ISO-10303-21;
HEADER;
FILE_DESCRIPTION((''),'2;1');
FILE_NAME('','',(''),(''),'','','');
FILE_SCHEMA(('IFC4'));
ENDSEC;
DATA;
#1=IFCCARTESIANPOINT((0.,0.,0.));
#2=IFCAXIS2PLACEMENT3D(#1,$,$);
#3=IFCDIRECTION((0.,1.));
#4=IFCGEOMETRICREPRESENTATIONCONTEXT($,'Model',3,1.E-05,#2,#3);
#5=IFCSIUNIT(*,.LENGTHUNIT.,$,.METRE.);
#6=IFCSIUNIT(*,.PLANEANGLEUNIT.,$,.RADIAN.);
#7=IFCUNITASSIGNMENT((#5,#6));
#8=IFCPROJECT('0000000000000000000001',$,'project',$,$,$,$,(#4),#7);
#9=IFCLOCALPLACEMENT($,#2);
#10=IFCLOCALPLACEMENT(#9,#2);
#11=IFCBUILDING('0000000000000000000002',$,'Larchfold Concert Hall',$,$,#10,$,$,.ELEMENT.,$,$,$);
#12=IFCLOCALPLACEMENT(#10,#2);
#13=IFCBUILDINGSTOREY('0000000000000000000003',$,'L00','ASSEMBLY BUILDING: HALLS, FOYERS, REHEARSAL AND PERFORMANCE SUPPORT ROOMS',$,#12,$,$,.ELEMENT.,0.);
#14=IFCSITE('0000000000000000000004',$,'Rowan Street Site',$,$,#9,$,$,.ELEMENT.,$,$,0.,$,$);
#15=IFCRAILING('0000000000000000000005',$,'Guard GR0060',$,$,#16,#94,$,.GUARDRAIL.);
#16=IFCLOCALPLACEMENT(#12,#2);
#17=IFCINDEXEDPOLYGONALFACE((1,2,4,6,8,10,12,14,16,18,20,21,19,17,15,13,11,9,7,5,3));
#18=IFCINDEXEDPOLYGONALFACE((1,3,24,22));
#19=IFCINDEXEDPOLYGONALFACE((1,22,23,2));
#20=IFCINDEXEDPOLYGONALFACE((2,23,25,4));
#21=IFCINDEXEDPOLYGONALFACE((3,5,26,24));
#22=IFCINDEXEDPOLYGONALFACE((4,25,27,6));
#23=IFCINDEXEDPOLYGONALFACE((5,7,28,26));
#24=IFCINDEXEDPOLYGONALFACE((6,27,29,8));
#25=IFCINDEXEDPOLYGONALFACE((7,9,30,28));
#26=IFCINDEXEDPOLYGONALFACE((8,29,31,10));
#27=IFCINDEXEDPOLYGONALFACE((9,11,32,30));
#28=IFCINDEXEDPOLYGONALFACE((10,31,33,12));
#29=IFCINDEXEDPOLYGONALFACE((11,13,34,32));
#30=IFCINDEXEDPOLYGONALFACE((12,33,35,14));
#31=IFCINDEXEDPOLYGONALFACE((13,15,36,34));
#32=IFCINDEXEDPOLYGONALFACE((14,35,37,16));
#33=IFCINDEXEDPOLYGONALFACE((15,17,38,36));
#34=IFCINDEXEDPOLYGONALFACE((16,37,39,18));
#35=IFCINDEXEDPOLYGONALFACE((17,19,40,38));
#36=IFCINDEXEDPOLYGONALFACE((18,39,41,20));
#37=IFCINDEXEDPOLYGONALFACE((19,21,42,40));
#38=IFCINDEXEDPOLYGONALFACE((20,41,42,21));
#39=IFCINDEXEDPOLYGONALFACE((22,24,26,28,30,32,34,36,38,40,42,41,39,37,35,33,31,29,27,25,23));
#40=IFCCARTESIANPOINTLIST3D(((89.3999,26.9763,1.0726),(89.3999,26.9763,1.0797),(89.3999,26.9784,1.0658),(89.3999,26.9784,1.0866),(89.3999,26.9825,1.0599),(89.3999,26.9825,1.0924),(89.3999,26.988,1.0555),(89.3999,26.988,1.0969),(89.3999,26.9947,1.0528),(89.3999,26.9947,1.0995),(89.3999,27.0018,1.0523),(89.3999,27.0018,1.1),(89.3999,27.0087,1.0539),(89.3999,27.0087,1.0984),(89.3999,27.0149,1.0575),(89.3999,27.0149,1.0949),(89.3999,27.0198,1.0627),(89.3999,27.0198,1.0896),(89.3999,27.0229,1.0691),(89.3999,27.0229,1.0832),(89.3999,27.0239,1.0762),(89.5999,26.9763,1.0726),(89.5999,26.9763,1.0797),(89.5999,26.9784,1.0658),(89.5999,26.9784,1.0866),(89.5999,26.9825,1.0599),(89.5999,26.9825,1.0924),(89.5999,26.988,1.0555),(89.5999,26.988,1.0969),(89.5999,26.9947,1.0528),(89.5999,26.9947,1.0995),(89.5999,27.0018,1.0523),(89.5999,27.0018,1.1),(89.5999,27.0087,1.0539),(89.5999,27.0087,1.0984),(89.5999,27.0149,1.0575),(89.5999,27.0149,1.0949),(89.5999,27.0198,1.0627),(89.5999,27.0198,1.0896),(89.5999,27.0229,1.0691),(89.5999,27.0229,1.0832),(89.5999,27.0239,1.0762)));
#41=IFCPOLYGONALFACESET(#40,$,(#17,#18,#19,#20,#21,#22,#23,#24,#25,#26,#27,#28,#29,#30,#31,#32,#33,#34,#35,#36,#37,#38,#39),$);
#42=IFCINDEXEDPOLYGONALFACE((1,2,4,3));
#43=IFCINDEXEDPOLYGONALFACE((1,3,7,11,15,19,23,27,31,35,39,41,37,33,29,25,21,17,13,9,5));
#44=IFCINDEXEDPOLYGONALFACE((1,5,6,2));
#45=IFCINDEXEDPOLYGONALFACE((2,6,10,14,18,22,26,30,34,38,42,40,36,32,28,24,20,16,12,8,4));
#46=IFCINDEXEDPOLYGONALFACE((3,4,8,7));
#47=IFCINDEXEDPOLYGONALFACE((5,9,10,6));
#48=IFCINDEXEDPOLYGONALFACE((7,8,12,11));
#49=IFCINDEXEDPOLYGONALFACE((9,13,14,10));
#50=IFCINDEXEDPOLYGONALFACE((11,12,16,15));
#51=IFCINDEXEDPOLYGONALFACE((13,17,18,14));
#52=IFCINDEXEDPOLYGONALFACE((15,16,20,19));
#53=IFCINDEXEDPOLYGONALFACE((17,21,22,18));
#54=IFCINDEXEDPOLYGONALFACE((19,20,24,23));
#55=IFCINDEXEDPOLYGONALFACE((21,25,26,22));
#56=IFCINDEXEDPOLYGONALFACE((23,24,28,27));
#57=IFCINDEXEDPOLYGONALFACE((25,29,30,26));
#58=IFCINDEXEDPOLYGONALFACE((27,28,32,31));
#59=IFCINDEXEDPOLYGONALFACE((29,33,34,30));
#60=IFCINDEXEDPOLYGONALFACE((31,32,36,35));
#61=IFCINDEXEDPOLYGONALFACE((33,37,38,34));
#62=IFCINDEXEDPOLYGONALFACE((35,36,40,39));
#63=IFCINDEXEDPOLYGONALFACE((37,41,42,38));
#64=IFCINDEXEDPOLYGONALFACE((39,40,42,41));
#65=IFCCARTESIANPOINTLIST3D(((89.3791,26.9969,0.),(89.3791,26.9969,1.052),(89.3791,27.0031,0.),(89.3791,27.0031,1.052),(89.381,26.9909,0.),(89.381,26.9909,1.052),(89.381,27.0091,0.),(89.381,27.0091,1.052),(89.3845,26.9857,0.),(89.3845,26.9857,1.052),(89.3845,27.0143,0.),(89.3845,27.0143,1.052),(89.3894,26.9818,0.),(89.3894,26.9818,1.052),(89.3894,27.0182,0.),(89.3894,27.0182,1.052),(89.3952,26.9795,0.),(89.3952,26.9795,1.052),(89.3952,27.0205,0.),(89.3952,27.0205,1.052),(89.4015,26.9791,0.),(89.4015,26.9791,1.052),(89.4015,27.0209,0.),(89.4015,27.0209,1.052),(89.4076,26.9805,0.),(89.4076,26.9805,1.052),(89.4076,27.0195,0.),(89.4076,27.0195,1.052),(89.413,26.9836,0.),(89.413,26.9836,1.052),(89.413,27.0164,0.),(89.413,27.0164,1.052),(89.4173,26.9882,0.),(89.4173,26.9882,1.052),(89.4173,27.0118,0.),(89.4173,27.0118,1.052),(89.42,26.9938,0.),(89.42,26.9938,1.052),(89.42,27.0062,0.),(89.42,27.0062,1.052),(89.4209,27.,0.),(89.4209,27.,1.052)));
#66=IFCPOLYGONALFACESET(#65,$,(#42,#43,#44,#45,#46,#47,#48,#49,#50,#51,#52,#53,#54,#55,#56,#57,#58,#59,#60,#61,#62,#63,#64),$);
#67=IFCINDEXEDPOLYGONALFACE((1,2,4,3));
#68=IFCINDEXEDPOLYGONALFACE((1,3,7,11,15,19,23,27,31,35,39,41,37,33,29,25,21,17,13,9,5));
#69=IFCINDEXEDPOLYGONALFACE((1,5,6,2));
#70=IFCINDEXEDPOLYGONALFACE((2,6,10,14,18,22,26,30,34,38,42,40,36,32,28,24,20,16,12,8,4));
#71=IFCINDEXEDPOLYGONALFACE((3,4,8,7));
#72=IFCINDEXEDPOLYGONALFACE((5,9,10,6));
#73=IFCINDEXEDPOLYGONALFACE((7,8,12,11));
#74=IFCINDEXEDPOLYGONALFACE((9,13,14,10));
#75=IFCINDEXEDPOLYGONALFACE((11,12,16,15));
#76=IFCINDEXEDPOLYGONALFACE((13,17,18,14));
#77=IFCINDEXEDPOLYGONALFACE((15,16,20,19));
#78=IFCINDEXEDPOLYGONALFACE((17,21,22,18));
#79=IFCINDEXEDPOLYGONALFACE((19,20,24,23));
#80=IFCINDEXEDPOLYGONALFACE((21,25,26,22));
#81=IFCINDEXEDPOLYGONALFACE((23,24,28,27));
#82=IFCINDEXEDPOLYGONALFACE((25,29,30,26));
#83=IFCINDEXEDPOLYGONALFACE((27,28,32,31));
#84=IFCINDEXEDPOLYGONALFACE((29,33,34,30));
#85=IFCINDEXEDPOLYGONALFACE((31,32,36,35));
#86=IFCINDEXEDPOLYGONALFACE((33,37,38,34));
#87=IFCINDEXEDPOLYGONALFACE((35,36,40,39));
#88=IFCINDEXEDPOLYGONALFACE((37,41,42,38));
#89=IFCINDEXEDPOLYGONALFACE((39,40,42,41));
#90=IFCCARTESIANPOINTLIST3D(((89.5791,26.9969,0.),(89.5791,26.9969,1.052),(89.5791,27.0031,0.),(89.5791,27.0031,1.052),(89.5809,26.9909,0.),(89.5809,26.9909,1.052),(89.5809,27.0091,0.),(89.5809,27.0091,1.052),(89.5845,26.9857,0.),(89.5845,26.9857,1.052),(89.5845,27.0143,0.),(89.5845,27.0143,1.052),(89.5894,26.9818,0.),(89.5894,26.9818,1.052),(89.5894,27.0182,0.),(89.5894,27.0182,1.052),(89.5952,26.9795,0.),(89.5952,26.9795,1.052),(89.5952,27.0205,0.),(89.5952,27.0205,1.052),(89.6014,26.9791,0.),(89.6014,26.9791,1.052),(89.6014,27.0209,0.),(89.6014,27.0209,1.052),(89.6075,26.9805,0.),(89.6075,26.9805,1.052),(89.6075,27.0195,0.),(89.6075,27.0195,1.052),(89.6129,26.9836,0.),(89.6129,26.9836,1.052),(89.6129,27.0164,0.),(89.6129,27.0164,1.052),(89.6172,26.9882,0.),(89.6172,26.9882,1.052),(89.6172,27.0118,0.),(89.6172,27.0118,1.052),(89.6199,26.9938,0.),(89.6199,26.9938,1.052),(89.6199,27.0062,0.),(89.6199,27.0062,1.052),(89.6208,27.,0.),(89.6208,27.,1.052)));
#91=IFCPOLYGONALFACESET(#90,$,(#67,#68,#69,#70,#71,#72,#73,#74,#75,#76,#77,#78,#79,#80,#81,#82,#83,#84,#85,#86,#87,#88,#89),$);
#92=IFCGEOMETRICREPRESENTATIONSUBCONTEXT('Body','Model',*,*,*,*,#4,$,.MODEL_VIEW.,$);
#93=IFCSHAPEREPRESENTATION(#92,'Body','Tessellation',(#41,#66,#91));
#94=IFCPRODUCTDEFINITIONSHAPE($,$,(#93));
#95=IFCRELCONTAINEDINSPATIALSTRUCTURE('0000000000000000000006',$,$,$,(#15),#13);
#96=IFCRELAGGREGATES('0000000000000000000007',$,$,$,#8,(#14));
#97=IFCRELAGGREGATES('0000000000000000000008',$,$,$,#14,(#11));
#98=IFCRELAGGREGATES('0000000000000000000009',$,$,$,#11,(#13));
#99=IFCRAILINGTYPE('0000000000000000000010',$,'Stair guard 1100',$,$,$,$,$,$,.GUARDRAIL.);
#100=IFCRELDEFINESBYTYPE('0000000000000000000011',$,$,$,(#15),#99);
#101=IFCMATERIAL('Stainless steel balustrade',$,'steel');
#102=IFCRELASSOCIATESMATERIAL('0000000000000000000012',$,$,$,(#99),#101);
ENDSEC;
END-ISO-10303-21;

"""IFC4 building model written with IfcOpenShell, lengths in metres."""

from ifc_helpers import new_model, si_unit, direction, frame, origin, origin_2d, place, context, subcontext, project, spatial, circle, extrude, material, type_object, element, save


model = new_model("IFC4")

# Units and contexts
model_context = context("Model", 3, precision=1e-05, world=origin(), true_north=direction((0.0, 1.0)))
body_context = subcontext(model_context, "Body", "Model", "MODEL_VIEW")
ifc_project = project(units=[si_unit("LENGTHUNIT", "METRE"), si_unit("PLANEANGLEUNIT", "RADIAN")], contexts=[model_context])

# Site, building, storey
site_placement = place(None, origin())
site = spatial("IfcSite", under=ifc_project, at=site_placement, Name="Rowan Street Site", CompositionType="ELEMENT", RefElevation=0.0)
building_placement = place(site_placement, origin())
building = spatial("IfcBuilding", under=site, at=building_placement, Name="Larchfold Concert Hall", CompositionType="ELEMENT")
storey_placement = place(building_placement, origin())
storey = spatial("IfcBuildingStorey", under=building, at=storey_placement, Name="L00", Description="ASSEMBLY BUILDING: HALLS, FOYERS, REHEARSAL AND PERFORMANCE SUPPORT ROOMS", CompositionType="ELEMENT", Elevation=0.0)

# Railing
ifc_material_1 = material(Name="Stainless steel balustrade", Category="steel")
railing_type = type_object("IfcRailingType", Name="Stair guard 1100", PredefinedType="GUARDRAIL", material=ifc_material_1)
railing_1_placement = place(storey_placement, frame((89.3999, 27.0, 0.0)))
element("IfcRailing", 1, at=railing_1_placement, inside=storey, type_object=railing_type, Name="Guard GR0060", PredefinedType="GUARDRAIL", context=body_context, shape_type="SweptSolid", body=[
    extrude(circle(Radius=0.0239, at=origin_2d()), frame((0.0, 0.0, 1.0762), z_axis=(1.0, 0.0, 0.0), x_axis=(0.0, 1.0, 0.0)), (0.0, 0.0, 1.0), 0.2),
    extrude(circle(Radius=0.021, at=origin_2d()), origin(), (0.0, 0.0, 1.0), 1.052),
    extrude(circle(Radius=0.021, at=origin_2d()), frame((0.2, 0.0, 0.0)), (0.0, 0.0, 1.0), 1.052),
])

save(model, "model.ifc")
